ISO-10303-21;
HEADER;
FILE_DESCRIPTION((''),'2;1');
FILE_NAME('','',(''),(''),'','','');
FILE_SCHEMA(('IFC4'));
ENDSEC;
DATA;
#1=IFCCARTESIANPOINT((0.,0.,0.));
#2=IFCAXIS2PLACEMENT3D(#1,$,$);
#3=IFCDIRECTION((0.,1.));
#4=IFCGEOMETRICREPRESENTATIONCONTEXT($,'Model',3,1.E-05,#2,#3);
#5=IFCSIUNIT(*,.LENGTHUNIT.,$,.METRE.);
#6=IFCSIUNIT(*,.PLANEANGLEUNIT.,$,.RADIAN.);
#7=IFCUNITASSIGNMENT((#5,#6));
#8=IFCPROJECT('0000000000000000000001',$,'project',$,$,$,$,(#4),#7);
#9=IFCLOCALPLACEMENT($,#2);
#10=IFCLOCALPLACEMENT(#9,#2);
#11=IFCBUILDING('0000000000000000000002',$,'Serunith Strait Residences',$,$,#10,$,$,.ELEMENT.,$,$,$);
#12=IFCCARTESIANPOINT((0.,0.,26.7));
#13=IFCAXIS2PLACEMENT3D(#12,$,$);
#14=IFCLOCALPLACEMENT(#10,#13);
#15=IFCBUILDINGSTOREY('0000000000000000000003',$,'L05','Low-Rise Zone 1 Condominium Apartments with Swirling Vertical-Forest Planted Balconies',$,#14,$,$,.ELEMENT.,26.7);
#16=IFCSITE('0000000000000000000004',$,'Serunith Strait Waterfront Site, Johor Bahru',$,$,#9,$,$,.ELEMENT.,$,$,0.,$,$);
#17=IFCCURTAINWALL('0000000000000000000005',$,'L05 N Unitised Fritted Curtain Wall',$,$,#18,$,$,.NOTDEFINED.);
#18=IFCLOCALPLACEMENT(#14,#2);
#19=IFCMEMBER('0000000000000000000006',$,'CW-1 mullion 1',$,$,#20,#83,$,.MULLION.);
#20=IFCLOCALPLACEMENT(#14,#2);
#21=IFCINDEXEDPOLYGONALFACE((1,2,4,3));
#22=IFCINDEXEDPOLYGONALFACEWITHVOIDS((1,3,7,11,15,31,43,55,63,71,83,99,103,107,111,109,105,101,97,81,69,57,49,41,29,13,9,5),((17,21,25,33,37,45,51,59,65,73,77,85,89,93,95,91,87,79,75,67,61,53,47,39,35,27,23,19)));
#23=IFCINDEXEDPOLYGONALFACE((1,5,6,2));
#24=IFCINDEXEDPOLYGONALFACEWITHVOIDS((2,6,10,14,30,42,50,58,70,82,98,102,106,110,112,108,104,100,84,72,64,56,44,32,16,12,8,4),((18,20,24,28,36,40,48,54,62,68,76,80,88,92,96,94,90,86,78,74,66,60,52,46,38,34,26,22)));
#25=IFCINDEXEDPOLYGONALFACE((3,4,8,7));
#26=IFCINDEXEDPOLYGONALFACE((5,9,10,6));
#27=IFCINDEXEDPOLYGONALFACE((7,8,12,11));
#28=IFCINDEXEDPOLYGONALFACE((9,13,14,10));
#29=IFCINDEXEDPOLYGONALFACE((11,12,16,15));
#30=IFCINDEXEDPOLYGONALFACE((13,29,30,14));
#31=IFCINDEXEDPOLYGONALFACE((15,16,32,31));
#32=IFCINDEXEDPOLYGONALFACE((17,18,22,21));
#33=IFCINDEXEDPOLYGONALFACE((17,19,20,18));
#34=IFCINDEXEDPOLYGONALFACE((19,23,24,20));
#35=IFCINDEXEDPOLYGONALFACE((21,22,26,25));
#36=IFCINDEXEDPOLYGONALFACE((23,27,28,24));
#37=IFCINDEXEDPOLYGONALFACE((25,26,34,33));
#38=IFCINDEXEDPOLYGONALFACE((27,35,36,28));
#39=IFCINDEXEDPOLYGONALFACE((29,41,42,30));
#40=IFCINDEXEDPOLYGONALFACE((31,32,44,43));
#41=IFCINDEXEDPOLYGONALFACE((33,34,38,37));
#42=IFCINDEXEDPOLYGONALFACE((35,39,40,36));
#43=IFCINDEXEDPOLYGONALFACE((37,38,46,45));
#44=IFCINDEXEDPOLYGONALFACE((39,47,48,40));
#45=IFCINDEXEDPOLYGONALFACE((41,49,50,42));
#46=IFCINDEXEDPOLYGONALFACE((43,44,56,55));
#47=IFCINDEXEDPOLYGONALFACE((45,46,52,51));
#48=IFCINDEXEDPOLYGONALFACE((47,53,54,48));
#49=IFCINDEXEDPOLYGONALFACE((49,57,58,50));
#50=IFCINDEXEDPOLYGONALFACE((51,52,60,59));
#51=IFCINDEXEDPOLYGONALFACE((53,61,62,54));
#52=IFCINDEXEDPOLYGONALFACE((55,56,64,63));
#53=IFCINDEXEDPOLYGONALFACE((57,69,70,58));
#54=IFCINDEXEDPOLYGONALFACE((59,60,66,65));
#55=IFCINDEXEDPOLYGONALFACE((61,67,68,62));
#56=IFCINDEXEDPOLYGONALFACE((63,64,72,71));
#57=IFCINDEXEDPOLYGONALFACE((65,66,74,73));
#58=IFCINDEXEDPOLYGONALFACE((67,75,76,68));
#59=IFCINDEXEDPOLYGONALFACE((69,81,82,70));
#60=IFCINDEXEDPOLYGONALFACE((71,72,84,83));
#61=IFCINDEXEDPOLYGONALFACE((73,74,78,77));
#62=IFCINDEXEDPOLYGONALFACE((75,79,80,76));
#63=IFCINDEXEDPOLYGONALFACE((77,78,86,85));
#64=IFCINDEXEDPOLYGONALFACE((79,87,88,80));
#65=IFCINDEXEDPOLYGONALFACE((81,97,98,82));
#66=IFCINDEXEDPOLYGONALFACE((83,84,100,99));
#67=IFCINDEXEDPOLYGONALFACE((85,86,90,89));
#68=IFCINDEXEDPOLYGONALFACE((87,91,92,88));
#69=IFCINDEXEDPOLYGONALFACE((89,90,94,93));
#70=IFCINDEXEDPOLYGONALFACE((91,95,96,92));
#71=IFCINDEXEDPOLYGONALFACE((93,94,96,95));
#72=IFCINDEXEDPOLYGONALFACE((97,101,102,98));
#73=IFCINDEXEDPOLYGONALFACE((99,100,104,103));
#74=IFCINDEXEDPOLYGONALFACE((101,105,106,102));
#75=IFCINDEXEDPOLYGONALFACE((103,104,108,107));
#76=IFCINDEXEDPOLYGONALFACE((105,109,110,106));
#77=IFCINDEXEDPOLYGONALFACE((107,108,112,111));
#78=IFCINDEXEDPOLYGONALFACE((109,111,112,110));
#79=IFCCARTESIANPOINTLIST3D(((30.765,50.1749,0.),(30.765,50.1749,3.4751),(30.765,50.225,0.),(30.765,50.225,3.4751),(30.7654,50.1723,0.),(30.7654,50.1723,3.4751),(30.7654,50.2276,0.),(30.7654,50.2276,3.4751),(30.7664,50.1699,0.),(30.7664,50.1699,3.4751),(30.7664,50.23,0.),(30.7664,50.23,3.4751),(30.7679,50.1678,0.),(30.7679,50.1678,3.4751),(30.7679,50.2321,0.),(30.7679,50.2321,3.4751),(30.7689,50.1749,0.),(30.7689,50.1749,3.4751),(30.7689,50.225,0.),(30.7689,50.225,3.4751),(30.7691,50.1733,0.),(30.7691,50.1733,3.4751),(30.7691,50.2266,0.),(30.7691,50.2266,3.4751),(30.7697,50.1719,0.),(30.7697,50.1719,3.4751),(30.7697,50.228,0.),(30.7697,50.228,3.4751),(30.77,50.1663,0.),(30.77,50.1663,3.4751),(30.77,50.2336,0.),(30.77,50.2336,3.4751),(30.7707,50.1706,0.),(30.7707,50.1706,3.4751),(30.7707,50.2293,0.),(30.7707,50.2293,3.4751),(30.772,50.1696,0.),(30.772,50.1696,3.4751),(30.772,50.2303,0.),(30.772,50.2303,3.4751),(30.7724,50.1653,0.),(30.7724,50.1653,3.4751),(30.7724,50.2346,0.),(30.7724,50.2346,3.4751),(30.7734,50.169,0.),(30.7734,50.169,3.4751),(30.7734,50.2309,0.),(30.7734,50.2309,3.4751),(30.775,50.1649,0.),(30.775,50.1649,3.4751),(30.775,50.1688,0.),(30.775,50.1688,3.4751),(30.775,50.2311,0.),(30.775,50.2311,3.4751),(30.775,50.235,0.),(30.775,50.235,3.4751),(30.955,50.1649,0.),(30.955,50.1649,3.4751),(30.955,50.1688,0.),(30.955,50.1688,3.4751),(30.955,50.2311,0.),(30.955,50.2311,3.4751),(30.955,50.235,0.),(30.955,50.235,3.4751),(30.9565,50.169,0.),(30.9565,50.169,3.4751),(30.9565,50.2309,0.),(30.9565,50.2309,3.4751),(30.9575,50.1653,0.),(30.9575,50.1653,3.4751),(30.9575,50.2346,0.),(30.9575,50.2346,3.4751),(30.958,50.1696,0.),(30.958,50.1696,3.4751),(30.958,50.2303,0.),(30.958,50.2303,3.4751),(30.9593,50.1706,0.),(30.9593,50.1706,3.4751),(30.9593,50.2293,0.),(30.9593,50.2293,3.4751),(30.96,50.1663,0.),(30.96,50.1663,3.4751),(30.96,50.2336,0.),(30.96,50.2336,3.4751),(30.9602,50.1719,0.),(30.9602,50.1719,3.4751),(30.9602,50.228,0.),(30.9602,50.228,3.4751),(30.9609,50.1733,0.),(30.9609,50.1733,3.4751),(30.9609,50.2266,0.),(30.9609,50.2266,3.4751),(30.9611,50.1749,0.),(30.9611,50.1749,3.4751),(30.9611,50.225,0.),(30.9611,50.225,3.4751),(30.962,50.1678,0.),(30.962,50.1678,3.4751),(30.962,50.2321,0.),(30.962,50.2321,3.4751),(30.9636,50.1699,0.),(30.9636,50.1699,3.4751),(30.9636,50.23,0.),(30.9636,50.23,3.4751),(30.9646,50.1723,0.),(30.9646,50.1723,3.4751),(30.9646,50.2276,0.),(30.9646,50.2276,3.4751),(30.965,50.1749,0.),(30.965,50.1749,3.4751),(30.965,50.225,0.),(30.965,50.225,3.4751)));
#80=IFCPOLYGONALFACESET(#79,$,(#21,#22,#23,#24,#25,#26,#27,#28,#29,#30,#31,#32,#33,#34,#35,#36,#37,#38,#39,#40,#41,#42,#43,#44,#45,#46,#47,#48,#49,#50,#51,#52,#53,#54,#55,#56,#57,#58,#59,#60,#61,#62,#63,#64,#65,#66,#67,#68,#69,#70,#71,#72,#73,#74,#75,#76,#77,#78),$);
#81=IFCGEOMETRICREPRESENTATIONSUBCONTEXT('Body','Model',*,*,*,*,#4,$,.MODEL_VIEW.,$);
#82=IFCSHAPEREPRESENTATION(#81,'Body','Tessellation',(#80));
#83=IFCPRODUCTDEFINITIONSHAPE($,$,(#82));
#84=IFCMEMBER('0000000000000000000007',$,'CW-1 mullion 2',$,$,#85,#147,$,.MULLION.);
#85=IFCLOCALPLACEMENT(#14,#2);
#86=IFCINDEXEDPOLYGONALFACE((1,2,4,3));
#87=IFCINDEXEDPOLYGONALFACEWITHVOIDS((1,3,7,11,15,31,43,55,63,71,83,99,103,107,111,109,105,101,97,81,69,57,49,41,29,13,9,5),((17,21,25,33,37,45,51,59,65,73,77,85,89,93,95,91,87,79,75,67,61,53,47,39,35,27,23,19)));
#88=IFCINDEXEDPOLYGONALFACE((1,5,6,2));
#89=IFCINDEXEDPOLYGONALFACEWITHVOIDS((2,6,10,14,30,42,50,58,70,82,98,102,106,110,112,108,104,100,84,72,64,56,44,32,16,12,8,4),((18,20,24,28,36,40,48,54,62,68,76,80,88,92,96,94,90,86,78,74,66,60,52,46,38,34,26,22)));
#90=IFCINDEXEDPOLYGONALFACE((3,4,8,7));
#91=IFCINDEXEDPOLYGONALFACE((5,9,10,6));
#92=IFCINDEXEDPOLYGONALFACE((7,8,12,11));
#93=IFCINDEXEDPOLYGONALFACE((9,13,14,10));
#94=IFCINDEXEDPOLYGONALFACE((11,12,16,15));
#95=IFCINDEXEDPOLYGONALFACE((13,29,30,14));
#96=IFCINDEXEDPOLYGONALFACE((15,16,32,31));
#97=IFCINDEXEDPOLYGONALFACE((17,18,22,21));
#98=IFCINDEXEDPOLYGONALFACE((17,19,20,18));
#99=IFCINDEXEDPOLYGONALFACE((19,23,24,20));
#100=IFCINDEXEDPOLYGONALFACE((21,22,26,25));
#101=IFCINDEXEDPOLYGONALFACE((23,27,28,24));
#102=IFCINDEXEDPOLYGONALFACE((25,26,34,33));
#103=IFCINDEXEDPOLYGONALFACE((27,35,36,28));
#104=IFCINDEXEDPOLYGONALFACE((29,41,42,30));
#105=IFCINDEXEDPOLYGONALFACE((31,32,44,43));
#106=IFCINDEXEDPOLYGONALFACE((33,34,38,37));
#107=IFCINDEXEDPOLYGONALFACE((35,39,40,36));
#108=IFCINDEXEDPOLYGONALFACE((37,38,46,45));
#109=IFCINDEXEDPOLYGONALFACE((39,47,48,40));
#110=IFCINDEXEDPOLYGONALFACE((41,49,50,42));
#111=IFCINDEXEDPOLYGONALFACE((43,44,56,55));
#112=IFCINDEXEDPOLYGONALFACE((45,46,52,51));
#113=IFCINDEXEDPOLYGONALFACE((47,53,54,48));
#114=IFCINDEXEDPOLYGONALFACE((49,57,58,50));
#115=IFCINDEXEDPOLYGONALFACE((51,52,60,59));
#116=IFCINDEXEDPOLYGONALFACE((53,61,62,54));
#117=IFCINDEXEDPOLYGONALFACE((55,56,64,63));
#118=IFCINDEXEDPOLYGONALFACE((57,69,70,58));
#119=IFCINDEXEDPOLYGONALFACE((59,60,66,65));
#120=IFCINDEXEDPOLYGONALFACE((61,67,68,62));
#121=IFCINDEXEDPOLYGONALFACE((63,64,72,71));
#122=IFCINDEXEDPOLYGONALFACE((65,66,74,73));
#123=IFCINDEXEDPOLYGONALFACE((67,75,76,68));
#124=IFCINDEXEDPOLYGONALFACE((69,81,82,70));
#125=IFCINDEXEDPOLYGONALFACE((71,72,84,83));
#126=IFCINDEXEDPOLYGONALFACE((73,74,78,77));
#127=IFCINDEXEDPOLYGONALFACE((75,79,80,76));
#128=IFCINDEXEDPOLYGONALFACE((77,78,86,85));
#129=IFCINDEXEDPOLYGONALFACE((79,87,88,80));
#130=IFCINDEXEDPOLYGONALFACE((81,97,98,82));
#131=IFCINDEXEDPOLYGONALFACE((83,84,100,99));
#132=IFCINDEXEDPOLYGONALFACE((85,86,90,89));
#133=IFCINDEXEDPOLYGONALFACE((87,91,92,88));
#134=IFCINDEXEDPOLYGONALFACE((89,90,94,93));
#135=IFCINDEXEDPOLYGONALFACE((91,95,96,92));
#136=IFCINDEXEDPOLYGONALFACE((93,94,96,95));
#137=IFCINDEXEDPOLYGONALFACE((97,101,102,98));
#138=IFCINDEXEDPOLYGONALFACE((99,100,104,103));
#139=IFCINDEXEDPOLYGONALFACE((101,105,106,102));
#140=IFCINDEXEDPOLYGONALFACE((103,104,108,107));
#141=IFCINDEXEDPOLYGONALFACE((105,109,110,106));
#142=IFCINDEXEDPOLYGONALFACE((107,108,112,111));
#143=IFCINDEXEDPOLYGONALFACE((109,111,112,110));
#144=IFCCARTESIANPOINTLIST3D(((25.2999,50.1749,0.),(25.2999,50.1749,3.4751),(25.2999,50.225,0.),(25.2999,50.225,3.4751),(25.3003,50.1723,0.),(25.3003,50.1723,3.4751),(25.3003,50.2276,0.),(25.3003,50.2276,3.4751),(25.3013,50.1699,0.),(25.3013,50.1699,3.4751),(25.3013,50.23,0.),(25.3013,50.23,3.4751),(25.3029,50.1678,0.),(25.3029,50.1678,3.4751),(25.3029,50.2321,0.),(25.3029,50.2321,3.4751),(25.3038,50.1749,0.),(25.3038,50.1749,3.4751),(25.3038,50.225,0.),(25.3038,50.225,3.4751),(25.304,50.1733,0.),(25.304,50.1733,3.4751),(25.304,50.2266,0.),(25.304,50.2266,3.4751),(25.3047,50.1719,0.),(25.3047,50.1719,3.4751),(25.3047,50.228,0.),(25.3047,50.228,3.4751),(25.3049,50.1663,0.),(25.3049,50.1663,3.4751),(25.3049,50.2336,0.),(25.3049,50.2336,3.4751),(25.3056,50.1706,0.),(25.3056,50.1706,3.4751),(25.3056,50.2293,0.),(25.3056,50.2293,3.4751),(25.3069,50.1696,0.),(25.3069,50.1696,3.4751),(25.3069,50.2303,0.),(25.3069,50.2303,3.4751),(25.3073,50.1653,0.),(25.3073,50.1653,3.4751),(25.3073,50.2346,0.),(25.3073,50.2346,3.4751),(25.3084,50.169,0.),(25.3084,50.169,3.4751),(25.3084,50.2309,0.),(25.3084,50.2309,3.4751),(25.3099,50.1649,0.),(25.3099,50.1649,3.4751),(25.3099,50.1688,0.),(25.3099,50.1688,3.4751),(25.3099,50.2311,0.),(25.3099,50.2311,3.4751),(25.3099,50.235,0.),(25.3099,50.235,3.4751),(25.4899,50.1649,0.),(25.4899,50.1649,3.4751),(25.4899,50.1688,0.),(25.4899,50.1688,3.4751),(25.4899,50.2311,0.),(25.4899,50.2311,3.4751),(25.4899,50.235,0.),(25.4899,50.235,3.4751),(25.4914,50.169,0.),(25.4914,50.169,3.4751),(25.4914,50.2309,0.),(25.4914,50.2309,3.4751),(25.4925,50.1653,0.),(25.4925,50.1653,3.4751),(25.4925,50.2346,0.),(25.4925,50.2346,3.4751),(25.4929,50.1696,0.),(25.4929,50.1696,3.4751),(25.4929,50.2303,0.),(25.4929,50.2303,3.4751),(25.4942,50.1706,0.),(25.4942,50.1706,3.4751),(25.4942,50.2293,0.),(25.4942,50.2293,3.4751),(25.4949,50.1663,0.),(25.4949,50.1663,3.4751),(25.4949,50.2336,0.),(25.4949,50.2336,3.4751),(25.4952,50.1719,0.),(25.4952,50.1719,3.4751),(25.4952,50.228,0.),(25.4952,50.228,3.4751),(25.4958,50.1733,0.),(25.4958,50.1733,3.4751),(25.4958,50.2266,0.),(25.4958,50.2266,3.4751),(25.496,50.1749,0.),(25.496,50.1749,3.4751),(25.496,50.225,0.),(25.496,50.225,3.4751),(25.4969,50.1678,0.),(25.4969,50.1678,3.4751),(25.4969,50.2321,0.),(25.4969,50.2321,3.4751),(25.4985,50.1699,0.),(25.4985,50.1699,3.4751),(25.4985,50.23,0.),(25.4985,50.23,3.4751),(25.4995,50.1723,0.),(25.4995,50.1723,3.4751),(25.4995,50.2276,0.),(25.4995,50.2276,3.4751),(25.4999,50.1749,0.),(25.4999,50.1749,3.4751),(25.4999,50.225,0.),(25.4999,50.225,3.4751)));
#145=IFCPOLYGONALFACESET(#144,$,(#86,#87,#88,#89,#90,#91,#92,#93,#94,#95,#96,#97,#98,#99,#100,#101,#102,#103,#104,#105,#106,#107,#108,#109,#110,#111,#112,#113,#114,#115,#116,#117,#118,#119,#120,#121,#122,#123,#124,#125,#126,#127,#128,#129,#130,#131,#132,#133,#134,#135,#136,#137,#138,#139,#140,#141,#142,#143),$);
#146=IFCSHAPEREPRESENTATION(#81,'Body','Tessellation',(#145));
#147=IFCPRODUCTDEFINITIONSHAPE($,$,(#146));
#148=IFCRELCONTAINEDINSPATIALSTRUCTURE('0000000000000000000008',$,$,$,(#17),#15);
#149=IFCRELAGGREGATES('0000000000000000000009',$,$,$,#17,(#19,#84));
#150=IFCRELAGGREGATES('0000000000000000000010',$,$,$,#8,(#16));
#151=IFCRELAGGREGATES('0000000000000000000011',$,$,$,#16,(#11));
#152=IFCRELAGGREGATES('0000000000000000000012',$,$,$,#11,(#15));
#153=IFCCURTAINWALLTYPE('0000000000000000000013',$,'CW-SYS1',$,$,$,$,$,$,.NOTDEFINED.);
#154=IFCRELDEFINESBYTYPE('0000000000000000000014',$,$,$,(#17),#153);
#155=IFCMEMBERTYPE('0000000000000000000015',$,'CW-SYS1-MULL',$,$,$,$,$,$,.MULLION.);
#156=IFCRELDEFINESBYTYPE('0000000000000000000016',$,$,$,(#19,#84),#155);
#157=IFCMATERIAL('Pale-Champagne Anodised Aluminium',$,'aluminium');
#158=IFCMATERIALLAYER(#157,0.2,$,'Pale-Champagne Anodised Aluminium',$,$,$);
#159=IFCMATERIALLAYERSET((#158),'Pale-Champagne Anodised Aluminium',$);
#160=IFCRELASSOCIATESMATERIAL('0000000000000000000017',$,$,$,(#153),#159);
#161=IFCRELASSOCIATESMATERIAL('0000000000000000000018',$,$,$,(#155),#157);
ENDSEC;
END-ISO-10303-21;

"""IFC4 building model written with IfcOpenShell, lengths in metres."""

from ifc_helpers import new_model, si_unit, direction, frame, origin, origin_2d, place, context, subcontext, project, spatial, hollow_rectangle, extrude, source, transform, mapped, material, layer, layer_set, material_profile, profile_set, type_object, element, aggregate, save


model = new_model("IFC4")

# Units and contexts
model_context = context("Model", 3, precision=1e-05, world=origin(), true_north=direction((0.0, 1.0)))
body_context = subcontext(model_context, "Body", "Model", "MODEL_VIEW")
ifc_project = project(units=[si_unit("LENGTHUNIT", "METRE"), si_unit("PLANEANGLEUNIT", "RADIAN")], contexts=[model_context])

# Site, building, storey
site_placement = place(None, origin())
site = spatial("IfcSite", under=ifc_project, at=site_placement, Name="Serunith Strait Waterfront Site, Johor Bahru", CompositionType="ELEMENT", RefElevation=0.0)
building_placement = place(site_placement, origin())
building = spatial("IfcBuilding", under=site, at=building_placement, Name="Serunith Strait Residences", CompositionType="ELEMENT")
storey_placement = place(building_placement, frame((0.0, 0.0, 26.7)))
storey = spatial("IfcBuildingStorey", under=building, at=storey_placement, Name="L05", Description="Low-Rise Zone 1 Condominium Apartments with Swirling Vertical-Forest Planted Balconies", CompositionType="ELEMENT", Elevation=26.7)

# Curtain wall, members
ifc_material_1 = material(Name="Pale-Champagne Anodised Aluminium", Category="aluminium")
ifc_layer_1 = layer(ifc_material_1, 0.2, Name="Pale-Champagne Anodised Aluminium")
ifc_layer_set_1 = layer_set([ifc_layer_1], Name="Pale-Champagne Anodised Aluminium")
curtain_wall_type = type_object("IfcCurtainWallType", Name="CW-SYS1", PredefinedType="NOTDEFINED", material=ifc_layer_set_1)
curtain_wall_placement = place(storey_placement, origin())
curtain_wall = element("IfcCurtainWall", 1, at=curtain_wall_placement, inside=storey, type_object=curtain_wall_type, Name="L05 N Unitised Fritted Curtain Wall", PredefinedType="NOTDEFINED")
ifc_material_profile_1 = material_profile(ifc_material_1, hollow_rectangle(XDim=0.0701, YDim=0.2, WallThickness=0.0039, InnerFilletRadius=0.0061, OuterFilletRadius=0.01, at=origin_2d()), Name="ALU 200x70x4")
ifc_profile_set_1 = profile_set([ifc_material_profile_1], Name="Pale-Champagne Anodised Aluminium")
member_type_1 = type_object("IfcMemberType", Name="CW-SYS1-MULL", PredefinedType="MULLION", material=ifc_profile_set_1)
shared_shape_1 = source(origin(), body_context, "Body", "SweptSolid", [
    extrude(hollow_rectangle(XDim=0.0701, YDim=0.2, WallThickness=0.0039, InnerFilletRadius=0.0061, OuterFilletRadius=0.01, at=origin_2d()), origin(), (0.0, 0.0, 1.0), 3.4751),
])
member_1_placement = place(storey_placement, frame((30.865, 50.2, 0.0), z_axis=(0.0, 0.0, 1.0), x_axis=(0.0, -1.0, 0.0)))
member_1 = element("IfcMember", 2, at=member_1_placement, type_object=member_type_1, Name="CW-1 mullion 1", PredefinedType="MULLION", context=body_context, shape_type="MappedRepresentation", body=[
    mapped(shared_shape_1, transform((0.0, 0.0, 0.0), scale=1.0)),
])
member_2_placement = place(storey_placement, frame((25.3999, 50.2, 0.0), z_axis=(0.0, 0.0, 1.0), x_axis=(0.0, -1.0, 0.0)))
member_2 = element("IfcMember", 3, at=member_2_placement, type_object=member_type_1, Name="CW-1 mullion 2", PredefinedType="MULLION", context=body_context, shape_type="MappedRepresentation", body=[
    mapped(shared_shape_1, transform((0.0, 0.0, 0.0), scale=1.0)),
])
aggregate(curtain_wall, [member_1, member_2])

save(model, "model.ifc")
